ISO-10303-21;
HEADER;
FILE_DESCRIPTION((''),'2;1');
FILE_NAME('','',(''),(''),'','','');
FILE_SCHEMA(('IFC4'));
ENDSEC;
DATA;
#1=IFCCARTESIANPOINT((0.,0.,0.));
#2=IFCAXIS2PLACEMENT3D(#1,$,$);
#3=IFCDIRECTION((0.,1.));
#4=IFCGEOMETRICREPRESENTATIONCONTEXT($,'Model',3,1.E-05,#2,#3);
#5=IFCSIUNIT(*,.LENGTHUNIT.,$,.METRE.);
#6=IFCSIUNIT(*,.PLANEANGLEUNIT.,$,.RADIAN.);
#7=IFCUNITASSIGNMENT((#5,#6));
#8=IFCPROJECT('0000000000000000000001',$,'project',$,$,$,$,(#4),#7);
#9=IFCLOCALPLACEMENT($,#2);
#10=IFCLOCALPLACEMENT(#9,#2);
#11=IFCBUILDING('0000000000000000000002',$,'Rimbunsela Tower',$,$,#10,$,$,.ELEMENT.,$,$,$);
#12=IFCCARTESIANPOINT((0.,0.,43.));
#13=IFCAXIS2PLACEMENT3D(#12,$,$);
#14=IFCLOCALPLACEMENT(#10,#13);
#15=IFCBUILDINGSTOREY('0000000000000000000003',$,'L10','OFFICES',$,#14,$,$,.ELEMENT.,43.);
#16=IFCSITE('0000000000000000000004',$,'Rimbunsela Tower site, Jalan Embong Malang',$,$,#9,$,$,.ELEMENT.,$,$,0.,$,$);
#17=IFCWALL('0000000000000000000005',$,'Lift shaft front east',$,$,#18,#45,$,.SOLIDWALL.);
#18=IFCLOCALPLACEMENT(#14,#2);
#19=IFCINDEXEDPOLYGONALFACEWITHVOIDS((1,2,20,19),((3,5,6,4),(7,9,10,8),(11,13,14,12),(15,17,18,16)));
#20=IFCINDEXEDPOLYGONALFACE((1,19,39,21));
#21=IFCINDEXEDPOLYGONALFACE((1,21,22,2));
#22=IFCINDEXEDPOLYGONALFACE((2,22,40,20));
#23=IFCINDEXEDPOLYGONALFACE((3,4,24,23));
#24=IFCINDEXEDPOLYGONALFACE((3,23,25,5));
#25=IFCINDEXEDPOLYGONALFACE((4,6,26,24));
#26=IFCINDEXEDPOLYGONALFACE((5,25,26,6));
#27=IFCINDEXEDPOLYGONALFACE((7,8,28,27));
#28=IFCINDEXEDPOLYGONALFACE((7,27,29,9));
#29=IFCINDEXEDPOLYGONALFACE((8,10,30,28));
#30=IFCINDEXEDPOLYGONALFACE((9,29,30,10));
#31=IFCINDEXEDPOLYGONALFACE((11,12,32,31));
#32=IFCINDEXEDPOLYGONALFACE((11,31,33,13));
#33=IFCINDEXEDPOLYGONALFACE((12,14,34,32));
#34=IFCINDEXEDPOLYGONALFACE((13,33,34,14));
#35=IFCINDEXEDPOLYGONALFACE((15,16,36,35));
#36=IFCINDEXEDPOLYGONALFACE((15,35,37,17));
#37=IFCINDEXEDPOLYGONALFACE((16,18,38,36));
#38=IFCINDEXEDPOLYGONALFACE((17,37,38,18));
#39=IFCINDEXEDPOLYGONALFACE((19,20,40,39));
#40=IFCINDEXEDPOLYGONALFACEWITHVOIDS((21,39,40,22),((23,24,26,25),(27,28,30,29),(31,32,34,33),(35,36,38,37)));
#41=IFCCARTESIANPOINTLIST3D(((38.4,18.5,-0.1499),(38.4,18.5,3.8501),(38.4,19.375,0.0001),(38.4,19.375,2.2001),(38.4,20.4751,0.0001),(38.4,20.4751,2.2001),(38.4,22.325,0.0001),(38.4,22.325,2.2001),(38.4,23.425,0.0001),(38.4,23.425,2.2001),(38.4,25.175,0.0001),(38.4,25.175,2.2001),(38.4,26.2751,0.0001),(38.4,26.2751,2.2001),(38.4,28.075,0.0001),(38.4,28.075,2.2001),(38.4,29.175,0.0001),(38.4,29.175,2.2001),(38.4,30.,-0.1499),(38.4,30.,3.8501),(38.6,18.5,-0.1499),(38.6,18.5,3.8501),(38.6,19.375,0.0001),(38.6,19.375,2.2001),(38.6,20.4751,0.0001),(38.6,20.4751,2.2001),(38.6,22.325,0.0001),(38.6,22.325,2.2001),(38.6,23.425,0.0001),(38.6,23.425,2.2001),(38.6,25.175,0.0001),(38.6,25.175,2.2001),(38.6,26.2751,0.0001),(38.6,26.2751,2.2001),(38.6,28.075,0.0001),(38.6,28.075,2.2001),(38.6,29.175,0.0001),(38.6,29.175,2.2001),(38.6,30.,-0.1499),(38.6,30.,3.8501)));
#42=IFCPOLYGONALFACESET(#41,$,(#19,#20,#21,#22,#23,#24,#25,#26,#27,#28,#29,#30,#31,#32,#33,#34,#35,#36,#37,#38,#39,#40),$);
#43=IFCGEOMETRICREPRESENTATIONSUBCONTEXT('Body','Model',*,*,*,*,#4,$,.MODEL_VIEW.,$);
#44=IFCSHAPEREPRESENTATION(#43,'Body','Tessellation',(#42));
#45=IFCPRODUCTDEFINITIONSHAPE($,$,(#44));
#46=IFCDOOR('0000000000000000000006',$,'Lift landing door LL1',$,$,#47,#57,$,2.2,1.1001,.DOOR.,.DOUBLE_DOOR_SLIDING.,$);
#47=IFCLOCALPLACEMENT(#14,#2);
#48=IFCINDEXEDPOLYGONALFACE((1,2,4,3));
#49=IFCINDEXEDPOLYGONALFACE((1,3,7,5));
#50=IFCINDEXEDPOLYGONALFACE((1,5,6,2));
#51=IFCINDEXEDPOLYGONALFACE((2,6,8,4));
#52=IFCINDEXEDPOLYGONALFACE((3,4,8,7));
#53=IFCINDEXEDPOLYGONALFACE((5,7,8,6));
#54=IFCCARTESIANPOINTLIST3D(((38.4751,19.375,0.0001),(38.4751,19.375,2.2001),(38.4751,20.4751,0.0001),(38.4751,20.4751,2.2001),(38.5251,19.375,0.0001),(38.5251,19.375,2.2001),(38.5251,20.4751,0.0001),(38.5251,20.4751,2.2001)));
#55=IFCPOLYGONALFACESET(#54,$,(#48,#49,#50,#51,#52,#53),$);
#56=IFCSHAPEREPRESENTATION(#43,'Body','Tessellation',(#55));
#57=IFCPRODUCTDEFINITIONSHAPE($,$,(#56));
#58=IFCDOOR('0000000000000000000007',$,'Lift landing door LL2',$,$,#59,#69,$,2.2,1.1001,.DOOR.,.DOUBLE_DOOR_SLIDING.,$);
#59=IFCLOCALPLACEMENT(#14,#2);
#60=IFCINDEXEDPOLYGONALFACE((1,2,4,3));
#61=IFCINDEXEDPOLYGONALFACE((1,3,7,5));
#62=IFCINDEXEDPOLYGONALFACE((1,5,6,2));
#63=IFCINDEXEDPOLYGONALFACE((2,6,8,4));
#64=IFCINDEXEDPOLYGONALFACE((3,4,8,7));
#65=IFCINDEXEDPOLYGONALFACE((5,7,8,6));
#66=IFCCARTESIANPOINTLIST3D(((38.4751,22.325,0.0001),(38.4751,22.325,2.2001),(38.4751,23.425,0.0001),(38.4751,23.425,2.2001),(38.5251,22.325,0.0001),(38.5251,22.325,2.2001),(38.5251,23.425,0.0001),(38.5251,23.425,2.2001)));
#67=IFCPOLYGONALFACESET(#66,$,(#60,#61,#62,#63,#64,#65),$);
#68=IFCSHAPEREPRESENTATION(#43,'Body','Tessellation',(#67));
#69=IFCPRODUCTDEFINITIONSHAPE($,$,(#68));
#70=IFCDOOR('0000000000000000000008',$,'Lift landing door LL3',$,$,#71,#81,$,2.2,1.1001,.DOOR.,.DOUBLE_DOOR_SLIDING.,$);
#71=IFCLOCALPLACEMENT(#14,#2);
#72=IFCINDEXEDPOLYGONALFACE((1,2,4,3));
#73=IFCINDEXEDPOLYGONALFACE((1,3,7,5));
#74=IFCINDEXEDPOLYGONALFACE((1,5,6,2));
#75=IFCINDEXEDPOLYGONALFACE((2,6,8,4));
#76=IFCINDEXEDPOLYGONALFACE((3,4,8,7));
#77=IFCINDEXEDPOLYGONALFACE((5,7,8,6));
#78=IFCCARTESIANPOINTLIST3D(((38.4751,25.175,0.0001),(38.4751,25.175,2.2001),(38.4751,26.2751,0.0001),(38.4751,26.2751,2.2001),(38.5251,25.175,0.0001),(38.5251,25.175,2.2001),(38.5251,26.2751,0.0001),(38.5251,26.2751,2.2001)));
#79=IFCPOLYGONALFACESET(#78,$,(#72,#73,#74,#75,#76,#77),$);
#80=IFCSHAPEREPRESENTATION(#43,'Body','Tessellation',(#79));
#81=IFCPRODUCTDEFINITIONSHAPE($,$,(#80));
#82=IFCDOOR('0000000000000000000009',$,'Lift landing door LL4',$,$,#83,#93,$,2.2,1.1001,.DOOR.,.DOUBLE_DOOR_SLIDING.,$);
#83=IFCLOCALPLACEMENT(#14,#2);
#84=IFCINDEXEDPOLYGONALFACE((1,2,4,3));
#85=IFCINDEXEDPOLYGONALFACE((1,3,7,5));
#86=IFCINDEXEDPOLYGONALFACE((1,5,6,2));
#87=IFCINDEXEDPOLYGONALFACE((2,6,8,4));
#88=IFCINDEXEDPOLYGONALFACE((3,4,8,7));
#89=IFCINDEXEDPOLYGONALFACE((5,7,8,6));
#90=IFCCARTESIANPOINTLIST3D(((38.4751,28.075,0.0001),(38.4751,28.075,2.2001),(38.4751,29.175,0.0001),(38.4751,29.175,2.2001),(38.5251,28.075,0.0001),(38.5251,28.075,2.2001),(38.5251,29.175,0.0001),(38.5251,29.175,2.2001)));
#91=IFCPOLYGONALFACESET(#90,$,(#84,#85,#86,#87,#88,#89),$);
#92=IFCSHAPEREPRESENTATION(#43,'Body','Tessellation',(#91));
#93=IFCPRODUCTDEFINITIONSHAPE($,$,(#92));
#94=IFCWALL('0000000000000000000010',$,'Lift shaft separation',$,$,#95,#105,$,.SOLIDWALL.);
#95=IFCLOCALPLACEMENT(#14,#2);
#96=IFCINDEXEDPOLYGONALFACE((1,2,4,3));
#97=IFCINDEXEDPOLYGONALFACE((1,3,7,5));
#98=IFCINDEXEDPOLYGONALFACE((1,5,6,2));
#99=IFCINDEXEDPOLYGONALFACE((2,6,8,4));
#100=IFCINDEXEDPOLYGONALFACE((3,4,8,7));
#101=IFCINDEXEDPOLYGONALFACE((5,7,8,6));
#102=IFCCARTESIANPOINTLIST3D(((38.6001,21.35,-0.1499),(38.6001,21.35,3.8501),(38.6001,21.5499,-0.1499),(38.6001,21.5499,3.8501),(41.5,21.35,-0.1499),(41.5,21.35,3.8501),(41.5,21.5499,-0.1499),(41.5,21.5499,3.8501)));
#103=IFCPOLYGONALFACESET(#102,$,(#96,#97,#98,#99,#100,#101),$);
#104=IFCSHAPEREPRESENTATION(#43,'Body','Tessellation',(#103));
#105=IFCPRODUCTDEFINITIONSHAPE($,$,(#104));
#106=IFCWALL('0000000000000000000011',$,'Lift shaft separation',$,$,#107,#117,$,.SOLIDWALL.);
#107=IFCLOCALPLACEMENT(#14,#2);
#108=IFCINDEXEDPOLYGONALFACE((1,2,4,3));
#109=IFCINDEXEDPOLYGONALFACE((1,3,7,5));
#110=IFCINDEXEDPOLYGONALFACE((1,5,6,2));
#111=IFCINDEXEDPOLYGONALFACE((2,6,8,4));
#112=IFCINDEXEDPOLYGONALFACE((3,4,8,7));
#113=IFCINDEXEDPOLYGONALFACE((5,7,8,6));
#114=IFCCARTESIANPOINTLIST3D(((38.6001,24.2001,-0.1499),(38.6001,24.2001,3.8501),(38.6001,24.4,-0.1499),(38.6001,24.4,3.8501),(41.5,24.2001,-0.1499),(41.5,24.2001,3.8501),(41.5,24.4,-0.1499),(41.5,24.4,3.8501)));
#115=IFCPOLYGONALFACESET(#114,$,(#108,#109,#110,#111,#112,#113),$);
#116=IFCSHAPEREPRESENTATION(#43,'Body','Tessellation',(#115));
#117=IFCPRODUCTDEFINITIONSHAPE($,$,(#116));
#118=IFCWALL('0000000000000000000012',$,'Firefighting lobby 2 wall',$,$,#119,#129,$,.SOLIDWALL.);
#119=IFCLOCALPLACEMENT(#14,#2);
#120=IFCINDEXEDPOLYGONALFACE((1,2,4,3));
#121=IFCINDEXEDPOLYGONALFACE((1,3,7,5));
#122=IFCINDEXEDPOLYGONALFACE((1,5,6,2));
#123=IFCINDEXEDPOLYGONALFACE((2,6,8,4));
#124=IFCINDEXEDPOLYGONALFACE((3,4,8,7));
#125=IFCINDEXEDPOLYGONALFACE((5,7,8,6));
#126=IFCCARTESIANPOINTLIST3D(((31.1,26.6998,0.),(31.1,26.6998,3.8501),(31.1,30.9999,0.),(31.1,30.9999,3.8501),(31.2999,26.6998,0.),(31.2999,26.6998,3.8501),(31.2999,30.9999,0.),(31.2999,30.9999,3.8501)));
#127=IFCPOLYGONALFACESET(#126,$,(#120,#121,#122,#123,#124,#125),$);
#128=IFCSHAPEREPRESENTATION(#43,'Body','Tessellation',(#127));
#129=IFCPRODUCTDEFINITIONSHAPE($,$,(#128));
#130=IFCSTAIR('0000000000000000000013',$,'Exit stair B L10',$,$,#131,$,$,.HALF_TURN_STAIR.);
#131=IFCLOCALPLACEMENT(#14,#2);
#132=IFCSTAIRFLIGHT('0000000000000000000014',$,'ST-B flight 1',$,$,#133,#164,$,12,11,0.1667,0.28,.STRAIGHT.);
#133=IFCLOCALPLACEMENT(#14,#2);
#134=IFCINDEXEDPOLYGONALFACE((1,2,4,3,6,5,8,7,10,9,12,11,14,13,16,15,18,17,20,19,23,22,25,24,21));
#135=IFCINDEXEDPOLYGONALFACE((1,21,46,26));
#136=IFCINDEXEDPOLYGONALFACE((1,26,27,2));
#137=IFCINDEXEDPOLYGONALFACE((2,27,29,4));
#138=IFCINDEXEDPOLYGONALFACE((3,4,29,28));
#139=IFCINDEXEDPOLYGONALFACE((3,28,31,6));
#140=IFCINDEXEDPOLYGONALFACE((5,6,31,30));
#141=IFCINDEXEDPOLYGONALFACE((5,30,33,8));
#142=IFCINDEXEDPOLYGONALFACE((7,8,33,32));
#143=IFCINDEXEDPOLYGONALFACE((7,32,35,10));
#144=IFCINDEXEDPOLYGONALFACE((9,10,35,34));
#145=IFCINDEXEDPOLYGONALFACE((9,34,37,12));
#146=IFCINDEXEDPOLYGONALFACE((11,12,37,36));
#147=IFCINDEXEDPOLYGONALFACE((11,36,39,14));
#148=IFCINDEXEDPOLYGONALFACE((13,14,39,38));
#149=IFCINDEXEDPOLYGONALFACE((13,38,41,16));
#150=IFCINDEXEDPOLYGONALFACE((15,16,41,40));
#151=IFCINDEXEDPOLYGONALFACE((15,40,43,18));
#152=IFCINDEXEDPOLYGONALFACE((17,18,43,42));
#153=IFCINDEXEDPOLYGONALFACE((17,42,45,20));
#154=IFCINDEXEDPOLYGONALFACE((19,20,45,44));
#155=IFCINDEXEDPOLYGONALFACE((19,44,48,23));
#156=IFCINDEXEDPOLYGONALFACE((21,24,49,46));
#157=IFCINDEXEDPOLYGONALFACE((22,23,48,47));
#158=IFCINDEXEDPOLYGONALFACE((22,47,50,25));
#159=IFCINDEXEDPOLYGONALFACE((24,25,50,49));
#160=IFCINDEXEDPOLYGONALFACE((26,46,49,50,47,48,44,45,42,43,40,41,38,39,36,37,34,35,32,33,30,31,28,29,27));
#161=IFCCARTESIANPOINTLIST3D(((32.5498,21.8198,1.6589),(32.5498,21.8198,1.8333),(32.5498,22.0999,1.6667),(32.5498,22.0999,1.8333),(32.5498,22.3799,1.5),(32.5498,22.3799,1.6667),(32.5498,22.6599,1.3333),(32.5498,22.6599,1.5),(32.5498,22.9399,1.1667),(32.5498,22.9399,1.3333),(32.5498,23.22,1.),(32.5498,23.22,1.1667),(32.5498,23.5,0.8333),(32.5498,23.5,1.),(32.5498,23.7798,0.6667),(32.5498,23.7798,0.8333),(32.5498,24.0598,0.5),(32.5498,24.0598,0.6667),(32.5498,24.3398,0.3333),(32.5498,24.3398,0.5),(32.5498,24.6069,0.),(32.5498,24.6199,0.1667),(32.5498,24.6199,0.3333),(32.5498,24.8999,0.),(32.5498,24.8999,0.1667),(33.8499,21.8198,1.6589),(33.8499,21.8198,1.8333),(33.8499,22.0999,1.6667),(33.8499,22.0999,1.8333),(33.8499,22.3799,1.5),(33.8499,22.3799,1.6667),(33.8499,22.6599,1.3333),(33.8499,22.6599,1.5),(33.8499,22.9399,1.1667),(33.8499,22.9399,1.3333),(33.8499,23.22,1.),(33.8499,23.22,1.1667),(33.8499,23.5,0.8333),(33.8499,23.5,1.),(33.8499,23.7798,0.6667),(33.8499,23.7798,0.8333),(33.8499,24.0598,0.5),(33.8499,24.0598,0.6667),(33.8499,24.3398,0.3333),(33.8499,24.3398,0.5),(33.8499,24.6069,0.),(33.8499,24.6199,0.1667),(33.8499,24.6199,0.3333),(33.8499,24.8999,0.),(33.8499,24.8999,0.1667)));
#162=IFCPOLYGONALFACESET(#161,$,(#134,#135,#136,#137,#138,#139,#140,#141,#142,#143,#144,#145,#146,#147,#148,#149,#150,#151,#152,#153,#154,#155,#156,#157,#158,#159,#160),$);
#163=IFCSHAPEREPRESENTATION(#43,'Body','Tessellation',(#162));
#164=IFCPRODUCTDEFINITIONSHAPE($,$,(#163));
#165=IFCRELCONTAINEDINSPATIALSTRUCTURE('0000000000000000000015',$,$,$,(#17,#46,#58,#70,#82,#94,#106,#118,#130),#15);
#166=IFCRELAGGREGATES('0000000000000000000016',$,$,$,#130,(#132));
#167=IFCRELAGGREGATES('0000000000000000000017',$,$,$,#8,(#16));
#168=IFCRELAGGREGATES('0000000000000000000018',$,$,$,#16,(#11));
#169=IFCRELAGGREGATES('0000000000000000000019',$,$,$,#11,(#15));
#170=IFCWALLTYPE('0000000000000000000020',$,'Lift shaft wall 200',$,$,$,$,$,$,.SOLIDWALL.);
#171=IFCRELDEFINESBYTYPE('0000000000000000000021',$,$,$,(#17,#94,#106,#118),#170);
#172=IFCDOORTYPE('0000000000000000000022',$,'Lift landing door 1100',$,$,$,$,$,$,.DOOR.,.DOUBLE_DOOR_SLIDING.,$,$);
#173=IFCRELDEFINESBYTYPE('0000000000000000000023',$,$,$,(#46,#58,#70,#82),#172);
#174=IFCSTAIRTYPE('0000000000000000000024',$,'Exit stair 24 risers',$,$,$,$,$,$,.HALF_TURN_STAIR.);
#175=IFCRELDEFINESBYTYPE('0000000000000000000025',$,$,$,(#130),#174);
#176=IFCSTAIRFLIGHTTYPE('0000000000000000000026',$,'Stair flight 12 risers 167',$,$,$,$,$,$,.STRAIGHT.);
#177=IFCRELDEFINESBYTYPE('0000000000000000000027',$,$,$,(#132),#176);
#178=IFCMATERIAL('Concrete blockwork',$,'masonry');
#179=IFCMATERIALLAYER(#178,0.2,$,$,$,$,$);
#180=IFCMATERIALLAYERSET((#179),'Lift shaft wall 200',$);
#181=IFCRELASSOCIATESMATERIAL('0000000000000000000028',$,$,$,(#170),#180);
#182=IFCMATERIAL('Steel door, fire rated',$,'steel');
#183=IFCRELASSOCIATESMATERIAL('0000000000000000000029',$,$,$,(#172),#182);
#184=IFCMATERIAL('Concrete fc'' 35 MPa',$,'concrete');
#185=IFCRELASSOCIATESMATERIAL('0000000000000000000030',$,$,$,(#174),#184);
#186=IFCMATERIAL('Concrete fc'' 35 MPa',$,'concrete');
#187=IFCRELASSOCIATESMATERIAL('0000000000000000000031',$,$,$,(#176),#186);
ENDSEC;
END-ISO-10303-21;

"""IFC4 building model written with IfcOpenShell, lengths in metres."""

from ifc_helpers import new_model, si_unit, direction, frame, frame_2d, origin, place, context, subcontext, project, spatial, polyline, rectangle, outline, extrude, material, layer, layer_set, type_object, element, fill, aggregate, save


model = new_model("IFC4")

# Units and contexts
model_context = context("Model", 3, precision=1e-05, world=origin(), true_north=direction((0.0, 1.0)))
body_context = subcontext(model_context, "Body", "Model", "MODEL_VIEW")
ifc_project = project(units=[si_unit("LENGTHUNIT", "METRE"), si_unit("PLANEANGLEUNIT", "RADIAN")], contexts=[model_context])

# Site, building, storey
site_placement = place(None, origin())
site = spatial("IfcSite", under=ifc_project, at=site_placement, Name="Rimbunsela Tower site, Jalan Embong Malang", CompositionType="ELEMENT", RefElevation=0.0)
building_placement = place(site_placement, origin())
building = spatial("IfcBuilding", under=site, at=building_placement, Name="Rimbunsela Tower", CompositionType="ELEMENT")
storey_placement = place(building_placement, frame((0.0, 0.0, 43.0)))
storey = spatial("IfcBuildingStorey", under=building, at=storey_placement, Name="L10", Description="OFFICES", CompositionType="ELEMENT", Elevation=43.0)

# Wall, openings, doors
ifc_material_1 = material(Name="Concrete blockwork", Category="masonry")
ifc_layer_1 = layer(ifc_material_1, 0.2)
ifc_layer_set_1 = layer_set([ifc_layer_1], Name="Lift shaft wall 200")
wall_type_1 = type_object("IfcWallType", Name="Lift shaft wall 200", PredefinedType="SOLIDWALL", material=ifc_layer_set_1)
wall_1_placement = place(storey_placement, frame((38.5, 18.5, -0.1499), z_axis=(0.0, 0.0, 1.0), x_axis=(0.0, 1.0, 0.0)))
wall_1 = element("IfcWall", 1, at=wall_1_placement, inside=storey, type_object=wall_type_1, Name="Lift shaft front east", PredefinedType="SOLIDWALL", context=body_context, shape_type="SweptSolid", body=[
    extrude(rectangle(XDim=11.5, YDim=0.2, at=frame_2d((5.75, 0.0))), origin(), (0.0, 0.0, 1.0), 4.0),
])
opening_1_placement = place(wall_1_placement, frame((0.875, 0.0, 0.1499)))
opening_1 = element("IfcOpeningElement", 2, at=opening_1_placement, cuts=wall_1, PredefinedType="OPENING", context=body_context, shape_type="SweptSolid", body=[
    extrude(rectangle(XDim=1.1001, YDim=2.2, at=frame_2d((0.55, 1.1001))), frame((0.0, 0.1099, 0.0), z_axis=(0.0, -1.0, 0.0), x_axis=(1.0, 0.0, 0.0)), (0.0, 0.0, 1.0), 0.22),
])
opening_2_placement = place(wall_1_placement, frame((3.825, 0.0, 0.1499)))
opening_2 = element("IfcOpeningElement", 3, at=opening_2_placement, cuts=wall_1, PredefinedType="OPENING", context=body_context, shape_type="SweptSolid", body=[
    extrude(rectangle(XDim=1.1001, YDim=2.2, at=frame_2d((0.55, 1.1001))), frame((0.0, 0.1099, 0.0), z_axis=(0.0, -1.0, 0.0), x_axis=(1.0, 0.0, 0.0)), (0.0, 0.0, 1.0), 0.22),
])
opening_3_placement = place(wall_1_placement, frame((6.675, 0.0, 0.1499)))
opening_3 = element("IfcOpeningElement", 4, at=opening_3_placement, cuts=wall_1, PredefinedType="OPENING", context=body_context, shape_type="SweptSolid", body=[
    extrude(rectangle(XDim=1.1001, YDim=2.2, at=frame_2d((0.55, 1.1001))), frame((0.0, 0.1099, 0.0), z_axis=(0.0, -1.0, 0.0), x_axis=(1.0, 0.0, 0.0)), (0.0, 0.0, 1.0), 0.22),
])
opening_4_placement = place(wall_1_placement, frame((9.575, 0.0, 0.1499)))
opening_4 = element("IfcOpeningElement", 5, at=opening_4_placement, cuts=wall_1, PredefinedType="OPENING", context=body_context, shape_type="SweptSolid", body=[
    extrude(rectangle(XDim=1.1001, YDim=2.2, at=frame_2d((0.55, 1.1001))), frame((0.0, 0.1099, 0.0), z_axis=(0.0, -1.0, 0.0), x_axis=(1.0, 0.0, 0.0)), (0.0, 0.0, 1.0), 0.22),
])
ifc_material_2 = material(Name="Steel door, fire rated", Category="steel")
door_type_1 = type_object("IfcDoorType", Name="Lift landing door 1100", OperationType="DOUBLE_DOOR_SLIDING", PredefinedType="DOOR", material=ifc_material_2)
door_1_placement = place(opening_1_placement, origin())
door_1 = element("IfcDoor", 6, at=door_1_placement, inside=storey, type_object=door_type_1, Name="Lift landing door LL1", OperationType="DOUBLE_DOOR_SLIDING", OverallHeight=2.2, OverallWidth=1.1001, PredefinedType="DOOR", context=body_context, shape_type="SweptSolid", body=[
    extrude(rectangle(XDim=1.1001, YDim=2.2, at=frame_2d((0.55, 1.1001))), frame((0.0, 0.0249, 0.0), z_axis=(0.0, -1.0, 0.0), x_axis=(1.0, 0.0, 0.0)), (0.0, 0.0, 1.0), 0.05),
])
fill(opening_1, door_1)
door_2_placement = place(opening_2_placement, origin())
door_2 = element("IfcDoor", 7, at=door_2_placement, inside=storey, type_object=door_type_1, Name="Lift landing door LL2", OperationType="DOUBLE_DOOR_SLIDING", OverallHeight=2.2, OverallWidth=1.1001, PredefinedType="DOOR", context=body_context, shape_type="SweptSolid", body=[
    extrude(rectangle(XDim=1.1001, YDim=2.2, at=frame_2d((0.55, 1.1001))), frame((0.0, 0.0249, 0.0), z_axis=(0.0, -1.0, 0.0), x_axis=(1.0, 0.0, 0.0)), (0.0, 0.0, 1.0), 0.05),
])
fill(opening_2, door_2)
door_3_placement = place(opening_3_placement, origin())
door_3 = element("IfcDoor", 8, at=door_3_placement, inside=storey, type_object=door_type_1, Name="Lift landing door LL3", OperationType="DOUBLE_DOOR_SLIDING", OverallHeight=2.2, OverallWidth=1.1001, PredefinedType="DOOR", context=body_context, shape_type="SweptSolid", body=[
    extrude(rectangle(XDim=1.1001, YDim=2.2, at=frame_2d((0.55, 1.1001))), frame((0.0, 0.0249, 0.0), z_axis=(0.0, -1.0, 0.0), x_axis=(1.0, 0.0, 0.0)), (0.0, 0.0, 1.0), 0.05),
])
fill(opening_3, door_3)
door_4_placement = place(opening_4_placement, origin())
door_4 = element("IfcDoor", 9, at=door_4_placement, inside=storey, type_object=door_type_1, Name="Lift landing door LL4", OperationType="DOUBLE_DOOR_SLIDING", OverallHeight=2.2, OverallWidth=1.1001, PredefinedType="DOOR", context=body_context, shape_type="SweptSolid", body=[
    extrude(rectangle(XDim=1.1001, YDim=2.2, at=frame_2d((0.55, 1.1001))), frame((0.0, 0.0249, 0.0), z_axis=(0.0, -1.0, 0.0), x_axis=(1.0, 0.0, 0.0)), (0.0, 0.0, 1.0), 0.05),
])
fill(opening_4, door_4)

# Walls
for number, where, z_axis, x_axis, name in (
    (10, (38.6001, 21.45, -0.1499), (0.0, 0.0, 1.0), (1.0, 0.0, 0.0), "Lift shaft separation"),
    (11, (38.6001, 24.3, -0.1499), (0.0, 0.0, 1.0), (1.0, 0.0, 0.0), "Lift shaft separation"),
):
    element("IfcWall", number, at=place(storey_placement, frame(where, z_axis=z_axis, x_axis=x_axis)), inside=storey, type_object=wall_type_1, Name=name, PredefinedType="SOLIDWALL", context=body_context, shape_type="SweptSolid", body=[
        extrude(rectangle(XDim=2.8999, YDim=0.2, at=frame_2d((1.45, 0.0))), origin(), (0.0, 0.0, 1.0), 4.0),
    ])
wall_2_placement = place(storey_placement, frame((31.2, 26.7, 0.0), z_axis=(0.0, 0.0, 1.0), x_axis=(0.0, 1.0, 0.0)))
element("IfcWall", 12, at=wall_2_placement, inside=storey, type_object=wall_type_1, Name="Firefighting lobby 2 wall", PredefinedType="SOLIDWALL", context=body_context, shape_type="SweptSolid", body=[
    extrude(rectangle(XDim=4.3, YDim=0.2, at=frame_2d((2.1499, 0.0))), origin(), (0.0, 0.0, 1.0), 3.8501),
])

# Stair, stair flight
ifc_material_3 = material(Name="Concrete fc' 35 MPa", Category="concrete")
stair_type = type_object("IfcStairType", Name="Exit stair 24 risers", PredefinedType="HALF_TURN_STAIR", material=ifc_material_3)
stair_placement = place(storey_placement, origin())
stair = element("IfcStair", 13, at=stair_placement, inside=storey, type_object=stair_type, Name="Exit stair B L10", PredefinedType="HALF_TURN_STAIR")
ifc_material_4 = material(Name="Concrete fc' 35 MPa", Category="concrete")
stair_flight_type = type_object("IfcStairFlightType", Name="Stair flight 12 risers 167", PredefinedType="STRAIGHT", material=ifc_material_4)
stair_flight_1_placement = place(storey_placement, frame((33.2, 24.8999, 0.0), z_axis=(0.0, 0.0, 1.0), x_axis=(0.0, -1.0, 0.0)))
stair_flight_1 = element("IfcStairFlight", 14, at=stair_flight_1_placement, type_object=stair_flight_type, Name="ST-B flight 1", NumberOfRisers=12, NumberOfTreads=11, PredefinedType="STRAIGHT", RiserHeight=0.1667, TreadLength=0.28, context=body_context, shape_type="SweptSolid", body=[
    extrude(outline(polyline([(0.0, 0.0), (0.0, 0.1667), (0.28, 0.1667), (0.28, 0.3333), (0.5601, 0.3333), (0.5601, 0.5), (0.8401, 0.5), (0.8401, 0.6667), (1.1201, 0.6667), (1.1201, 0.8333), (1.3999, 0.8333), (1.3999, 1.0), (1.6799, 1.0), (1.6799, 1.1667), (1.96, 1.1667), (1.96, 1.3333), (2.24, 1.3333), (2.24, 1.5), (2.52, 1.5), (2.52, 1.6667), (2.8, 1.6667), (2.8, 1.8333), (3.0801, 1.8333), (3.0801, 2.0), (3.0801, 1.6589), (0.293, 0.0), (0.0, 0.0)])), frame((0.0, 0.6499, 0.0), z_axis=(0.0, -1.0, 0.0), x_axis=(1.0, 0.0, 0.0)), (0.0, 0.0, 1.0), 1.3),
])
aggregate(stair, [stair_flight_1])

save(model, "model.ifc")
